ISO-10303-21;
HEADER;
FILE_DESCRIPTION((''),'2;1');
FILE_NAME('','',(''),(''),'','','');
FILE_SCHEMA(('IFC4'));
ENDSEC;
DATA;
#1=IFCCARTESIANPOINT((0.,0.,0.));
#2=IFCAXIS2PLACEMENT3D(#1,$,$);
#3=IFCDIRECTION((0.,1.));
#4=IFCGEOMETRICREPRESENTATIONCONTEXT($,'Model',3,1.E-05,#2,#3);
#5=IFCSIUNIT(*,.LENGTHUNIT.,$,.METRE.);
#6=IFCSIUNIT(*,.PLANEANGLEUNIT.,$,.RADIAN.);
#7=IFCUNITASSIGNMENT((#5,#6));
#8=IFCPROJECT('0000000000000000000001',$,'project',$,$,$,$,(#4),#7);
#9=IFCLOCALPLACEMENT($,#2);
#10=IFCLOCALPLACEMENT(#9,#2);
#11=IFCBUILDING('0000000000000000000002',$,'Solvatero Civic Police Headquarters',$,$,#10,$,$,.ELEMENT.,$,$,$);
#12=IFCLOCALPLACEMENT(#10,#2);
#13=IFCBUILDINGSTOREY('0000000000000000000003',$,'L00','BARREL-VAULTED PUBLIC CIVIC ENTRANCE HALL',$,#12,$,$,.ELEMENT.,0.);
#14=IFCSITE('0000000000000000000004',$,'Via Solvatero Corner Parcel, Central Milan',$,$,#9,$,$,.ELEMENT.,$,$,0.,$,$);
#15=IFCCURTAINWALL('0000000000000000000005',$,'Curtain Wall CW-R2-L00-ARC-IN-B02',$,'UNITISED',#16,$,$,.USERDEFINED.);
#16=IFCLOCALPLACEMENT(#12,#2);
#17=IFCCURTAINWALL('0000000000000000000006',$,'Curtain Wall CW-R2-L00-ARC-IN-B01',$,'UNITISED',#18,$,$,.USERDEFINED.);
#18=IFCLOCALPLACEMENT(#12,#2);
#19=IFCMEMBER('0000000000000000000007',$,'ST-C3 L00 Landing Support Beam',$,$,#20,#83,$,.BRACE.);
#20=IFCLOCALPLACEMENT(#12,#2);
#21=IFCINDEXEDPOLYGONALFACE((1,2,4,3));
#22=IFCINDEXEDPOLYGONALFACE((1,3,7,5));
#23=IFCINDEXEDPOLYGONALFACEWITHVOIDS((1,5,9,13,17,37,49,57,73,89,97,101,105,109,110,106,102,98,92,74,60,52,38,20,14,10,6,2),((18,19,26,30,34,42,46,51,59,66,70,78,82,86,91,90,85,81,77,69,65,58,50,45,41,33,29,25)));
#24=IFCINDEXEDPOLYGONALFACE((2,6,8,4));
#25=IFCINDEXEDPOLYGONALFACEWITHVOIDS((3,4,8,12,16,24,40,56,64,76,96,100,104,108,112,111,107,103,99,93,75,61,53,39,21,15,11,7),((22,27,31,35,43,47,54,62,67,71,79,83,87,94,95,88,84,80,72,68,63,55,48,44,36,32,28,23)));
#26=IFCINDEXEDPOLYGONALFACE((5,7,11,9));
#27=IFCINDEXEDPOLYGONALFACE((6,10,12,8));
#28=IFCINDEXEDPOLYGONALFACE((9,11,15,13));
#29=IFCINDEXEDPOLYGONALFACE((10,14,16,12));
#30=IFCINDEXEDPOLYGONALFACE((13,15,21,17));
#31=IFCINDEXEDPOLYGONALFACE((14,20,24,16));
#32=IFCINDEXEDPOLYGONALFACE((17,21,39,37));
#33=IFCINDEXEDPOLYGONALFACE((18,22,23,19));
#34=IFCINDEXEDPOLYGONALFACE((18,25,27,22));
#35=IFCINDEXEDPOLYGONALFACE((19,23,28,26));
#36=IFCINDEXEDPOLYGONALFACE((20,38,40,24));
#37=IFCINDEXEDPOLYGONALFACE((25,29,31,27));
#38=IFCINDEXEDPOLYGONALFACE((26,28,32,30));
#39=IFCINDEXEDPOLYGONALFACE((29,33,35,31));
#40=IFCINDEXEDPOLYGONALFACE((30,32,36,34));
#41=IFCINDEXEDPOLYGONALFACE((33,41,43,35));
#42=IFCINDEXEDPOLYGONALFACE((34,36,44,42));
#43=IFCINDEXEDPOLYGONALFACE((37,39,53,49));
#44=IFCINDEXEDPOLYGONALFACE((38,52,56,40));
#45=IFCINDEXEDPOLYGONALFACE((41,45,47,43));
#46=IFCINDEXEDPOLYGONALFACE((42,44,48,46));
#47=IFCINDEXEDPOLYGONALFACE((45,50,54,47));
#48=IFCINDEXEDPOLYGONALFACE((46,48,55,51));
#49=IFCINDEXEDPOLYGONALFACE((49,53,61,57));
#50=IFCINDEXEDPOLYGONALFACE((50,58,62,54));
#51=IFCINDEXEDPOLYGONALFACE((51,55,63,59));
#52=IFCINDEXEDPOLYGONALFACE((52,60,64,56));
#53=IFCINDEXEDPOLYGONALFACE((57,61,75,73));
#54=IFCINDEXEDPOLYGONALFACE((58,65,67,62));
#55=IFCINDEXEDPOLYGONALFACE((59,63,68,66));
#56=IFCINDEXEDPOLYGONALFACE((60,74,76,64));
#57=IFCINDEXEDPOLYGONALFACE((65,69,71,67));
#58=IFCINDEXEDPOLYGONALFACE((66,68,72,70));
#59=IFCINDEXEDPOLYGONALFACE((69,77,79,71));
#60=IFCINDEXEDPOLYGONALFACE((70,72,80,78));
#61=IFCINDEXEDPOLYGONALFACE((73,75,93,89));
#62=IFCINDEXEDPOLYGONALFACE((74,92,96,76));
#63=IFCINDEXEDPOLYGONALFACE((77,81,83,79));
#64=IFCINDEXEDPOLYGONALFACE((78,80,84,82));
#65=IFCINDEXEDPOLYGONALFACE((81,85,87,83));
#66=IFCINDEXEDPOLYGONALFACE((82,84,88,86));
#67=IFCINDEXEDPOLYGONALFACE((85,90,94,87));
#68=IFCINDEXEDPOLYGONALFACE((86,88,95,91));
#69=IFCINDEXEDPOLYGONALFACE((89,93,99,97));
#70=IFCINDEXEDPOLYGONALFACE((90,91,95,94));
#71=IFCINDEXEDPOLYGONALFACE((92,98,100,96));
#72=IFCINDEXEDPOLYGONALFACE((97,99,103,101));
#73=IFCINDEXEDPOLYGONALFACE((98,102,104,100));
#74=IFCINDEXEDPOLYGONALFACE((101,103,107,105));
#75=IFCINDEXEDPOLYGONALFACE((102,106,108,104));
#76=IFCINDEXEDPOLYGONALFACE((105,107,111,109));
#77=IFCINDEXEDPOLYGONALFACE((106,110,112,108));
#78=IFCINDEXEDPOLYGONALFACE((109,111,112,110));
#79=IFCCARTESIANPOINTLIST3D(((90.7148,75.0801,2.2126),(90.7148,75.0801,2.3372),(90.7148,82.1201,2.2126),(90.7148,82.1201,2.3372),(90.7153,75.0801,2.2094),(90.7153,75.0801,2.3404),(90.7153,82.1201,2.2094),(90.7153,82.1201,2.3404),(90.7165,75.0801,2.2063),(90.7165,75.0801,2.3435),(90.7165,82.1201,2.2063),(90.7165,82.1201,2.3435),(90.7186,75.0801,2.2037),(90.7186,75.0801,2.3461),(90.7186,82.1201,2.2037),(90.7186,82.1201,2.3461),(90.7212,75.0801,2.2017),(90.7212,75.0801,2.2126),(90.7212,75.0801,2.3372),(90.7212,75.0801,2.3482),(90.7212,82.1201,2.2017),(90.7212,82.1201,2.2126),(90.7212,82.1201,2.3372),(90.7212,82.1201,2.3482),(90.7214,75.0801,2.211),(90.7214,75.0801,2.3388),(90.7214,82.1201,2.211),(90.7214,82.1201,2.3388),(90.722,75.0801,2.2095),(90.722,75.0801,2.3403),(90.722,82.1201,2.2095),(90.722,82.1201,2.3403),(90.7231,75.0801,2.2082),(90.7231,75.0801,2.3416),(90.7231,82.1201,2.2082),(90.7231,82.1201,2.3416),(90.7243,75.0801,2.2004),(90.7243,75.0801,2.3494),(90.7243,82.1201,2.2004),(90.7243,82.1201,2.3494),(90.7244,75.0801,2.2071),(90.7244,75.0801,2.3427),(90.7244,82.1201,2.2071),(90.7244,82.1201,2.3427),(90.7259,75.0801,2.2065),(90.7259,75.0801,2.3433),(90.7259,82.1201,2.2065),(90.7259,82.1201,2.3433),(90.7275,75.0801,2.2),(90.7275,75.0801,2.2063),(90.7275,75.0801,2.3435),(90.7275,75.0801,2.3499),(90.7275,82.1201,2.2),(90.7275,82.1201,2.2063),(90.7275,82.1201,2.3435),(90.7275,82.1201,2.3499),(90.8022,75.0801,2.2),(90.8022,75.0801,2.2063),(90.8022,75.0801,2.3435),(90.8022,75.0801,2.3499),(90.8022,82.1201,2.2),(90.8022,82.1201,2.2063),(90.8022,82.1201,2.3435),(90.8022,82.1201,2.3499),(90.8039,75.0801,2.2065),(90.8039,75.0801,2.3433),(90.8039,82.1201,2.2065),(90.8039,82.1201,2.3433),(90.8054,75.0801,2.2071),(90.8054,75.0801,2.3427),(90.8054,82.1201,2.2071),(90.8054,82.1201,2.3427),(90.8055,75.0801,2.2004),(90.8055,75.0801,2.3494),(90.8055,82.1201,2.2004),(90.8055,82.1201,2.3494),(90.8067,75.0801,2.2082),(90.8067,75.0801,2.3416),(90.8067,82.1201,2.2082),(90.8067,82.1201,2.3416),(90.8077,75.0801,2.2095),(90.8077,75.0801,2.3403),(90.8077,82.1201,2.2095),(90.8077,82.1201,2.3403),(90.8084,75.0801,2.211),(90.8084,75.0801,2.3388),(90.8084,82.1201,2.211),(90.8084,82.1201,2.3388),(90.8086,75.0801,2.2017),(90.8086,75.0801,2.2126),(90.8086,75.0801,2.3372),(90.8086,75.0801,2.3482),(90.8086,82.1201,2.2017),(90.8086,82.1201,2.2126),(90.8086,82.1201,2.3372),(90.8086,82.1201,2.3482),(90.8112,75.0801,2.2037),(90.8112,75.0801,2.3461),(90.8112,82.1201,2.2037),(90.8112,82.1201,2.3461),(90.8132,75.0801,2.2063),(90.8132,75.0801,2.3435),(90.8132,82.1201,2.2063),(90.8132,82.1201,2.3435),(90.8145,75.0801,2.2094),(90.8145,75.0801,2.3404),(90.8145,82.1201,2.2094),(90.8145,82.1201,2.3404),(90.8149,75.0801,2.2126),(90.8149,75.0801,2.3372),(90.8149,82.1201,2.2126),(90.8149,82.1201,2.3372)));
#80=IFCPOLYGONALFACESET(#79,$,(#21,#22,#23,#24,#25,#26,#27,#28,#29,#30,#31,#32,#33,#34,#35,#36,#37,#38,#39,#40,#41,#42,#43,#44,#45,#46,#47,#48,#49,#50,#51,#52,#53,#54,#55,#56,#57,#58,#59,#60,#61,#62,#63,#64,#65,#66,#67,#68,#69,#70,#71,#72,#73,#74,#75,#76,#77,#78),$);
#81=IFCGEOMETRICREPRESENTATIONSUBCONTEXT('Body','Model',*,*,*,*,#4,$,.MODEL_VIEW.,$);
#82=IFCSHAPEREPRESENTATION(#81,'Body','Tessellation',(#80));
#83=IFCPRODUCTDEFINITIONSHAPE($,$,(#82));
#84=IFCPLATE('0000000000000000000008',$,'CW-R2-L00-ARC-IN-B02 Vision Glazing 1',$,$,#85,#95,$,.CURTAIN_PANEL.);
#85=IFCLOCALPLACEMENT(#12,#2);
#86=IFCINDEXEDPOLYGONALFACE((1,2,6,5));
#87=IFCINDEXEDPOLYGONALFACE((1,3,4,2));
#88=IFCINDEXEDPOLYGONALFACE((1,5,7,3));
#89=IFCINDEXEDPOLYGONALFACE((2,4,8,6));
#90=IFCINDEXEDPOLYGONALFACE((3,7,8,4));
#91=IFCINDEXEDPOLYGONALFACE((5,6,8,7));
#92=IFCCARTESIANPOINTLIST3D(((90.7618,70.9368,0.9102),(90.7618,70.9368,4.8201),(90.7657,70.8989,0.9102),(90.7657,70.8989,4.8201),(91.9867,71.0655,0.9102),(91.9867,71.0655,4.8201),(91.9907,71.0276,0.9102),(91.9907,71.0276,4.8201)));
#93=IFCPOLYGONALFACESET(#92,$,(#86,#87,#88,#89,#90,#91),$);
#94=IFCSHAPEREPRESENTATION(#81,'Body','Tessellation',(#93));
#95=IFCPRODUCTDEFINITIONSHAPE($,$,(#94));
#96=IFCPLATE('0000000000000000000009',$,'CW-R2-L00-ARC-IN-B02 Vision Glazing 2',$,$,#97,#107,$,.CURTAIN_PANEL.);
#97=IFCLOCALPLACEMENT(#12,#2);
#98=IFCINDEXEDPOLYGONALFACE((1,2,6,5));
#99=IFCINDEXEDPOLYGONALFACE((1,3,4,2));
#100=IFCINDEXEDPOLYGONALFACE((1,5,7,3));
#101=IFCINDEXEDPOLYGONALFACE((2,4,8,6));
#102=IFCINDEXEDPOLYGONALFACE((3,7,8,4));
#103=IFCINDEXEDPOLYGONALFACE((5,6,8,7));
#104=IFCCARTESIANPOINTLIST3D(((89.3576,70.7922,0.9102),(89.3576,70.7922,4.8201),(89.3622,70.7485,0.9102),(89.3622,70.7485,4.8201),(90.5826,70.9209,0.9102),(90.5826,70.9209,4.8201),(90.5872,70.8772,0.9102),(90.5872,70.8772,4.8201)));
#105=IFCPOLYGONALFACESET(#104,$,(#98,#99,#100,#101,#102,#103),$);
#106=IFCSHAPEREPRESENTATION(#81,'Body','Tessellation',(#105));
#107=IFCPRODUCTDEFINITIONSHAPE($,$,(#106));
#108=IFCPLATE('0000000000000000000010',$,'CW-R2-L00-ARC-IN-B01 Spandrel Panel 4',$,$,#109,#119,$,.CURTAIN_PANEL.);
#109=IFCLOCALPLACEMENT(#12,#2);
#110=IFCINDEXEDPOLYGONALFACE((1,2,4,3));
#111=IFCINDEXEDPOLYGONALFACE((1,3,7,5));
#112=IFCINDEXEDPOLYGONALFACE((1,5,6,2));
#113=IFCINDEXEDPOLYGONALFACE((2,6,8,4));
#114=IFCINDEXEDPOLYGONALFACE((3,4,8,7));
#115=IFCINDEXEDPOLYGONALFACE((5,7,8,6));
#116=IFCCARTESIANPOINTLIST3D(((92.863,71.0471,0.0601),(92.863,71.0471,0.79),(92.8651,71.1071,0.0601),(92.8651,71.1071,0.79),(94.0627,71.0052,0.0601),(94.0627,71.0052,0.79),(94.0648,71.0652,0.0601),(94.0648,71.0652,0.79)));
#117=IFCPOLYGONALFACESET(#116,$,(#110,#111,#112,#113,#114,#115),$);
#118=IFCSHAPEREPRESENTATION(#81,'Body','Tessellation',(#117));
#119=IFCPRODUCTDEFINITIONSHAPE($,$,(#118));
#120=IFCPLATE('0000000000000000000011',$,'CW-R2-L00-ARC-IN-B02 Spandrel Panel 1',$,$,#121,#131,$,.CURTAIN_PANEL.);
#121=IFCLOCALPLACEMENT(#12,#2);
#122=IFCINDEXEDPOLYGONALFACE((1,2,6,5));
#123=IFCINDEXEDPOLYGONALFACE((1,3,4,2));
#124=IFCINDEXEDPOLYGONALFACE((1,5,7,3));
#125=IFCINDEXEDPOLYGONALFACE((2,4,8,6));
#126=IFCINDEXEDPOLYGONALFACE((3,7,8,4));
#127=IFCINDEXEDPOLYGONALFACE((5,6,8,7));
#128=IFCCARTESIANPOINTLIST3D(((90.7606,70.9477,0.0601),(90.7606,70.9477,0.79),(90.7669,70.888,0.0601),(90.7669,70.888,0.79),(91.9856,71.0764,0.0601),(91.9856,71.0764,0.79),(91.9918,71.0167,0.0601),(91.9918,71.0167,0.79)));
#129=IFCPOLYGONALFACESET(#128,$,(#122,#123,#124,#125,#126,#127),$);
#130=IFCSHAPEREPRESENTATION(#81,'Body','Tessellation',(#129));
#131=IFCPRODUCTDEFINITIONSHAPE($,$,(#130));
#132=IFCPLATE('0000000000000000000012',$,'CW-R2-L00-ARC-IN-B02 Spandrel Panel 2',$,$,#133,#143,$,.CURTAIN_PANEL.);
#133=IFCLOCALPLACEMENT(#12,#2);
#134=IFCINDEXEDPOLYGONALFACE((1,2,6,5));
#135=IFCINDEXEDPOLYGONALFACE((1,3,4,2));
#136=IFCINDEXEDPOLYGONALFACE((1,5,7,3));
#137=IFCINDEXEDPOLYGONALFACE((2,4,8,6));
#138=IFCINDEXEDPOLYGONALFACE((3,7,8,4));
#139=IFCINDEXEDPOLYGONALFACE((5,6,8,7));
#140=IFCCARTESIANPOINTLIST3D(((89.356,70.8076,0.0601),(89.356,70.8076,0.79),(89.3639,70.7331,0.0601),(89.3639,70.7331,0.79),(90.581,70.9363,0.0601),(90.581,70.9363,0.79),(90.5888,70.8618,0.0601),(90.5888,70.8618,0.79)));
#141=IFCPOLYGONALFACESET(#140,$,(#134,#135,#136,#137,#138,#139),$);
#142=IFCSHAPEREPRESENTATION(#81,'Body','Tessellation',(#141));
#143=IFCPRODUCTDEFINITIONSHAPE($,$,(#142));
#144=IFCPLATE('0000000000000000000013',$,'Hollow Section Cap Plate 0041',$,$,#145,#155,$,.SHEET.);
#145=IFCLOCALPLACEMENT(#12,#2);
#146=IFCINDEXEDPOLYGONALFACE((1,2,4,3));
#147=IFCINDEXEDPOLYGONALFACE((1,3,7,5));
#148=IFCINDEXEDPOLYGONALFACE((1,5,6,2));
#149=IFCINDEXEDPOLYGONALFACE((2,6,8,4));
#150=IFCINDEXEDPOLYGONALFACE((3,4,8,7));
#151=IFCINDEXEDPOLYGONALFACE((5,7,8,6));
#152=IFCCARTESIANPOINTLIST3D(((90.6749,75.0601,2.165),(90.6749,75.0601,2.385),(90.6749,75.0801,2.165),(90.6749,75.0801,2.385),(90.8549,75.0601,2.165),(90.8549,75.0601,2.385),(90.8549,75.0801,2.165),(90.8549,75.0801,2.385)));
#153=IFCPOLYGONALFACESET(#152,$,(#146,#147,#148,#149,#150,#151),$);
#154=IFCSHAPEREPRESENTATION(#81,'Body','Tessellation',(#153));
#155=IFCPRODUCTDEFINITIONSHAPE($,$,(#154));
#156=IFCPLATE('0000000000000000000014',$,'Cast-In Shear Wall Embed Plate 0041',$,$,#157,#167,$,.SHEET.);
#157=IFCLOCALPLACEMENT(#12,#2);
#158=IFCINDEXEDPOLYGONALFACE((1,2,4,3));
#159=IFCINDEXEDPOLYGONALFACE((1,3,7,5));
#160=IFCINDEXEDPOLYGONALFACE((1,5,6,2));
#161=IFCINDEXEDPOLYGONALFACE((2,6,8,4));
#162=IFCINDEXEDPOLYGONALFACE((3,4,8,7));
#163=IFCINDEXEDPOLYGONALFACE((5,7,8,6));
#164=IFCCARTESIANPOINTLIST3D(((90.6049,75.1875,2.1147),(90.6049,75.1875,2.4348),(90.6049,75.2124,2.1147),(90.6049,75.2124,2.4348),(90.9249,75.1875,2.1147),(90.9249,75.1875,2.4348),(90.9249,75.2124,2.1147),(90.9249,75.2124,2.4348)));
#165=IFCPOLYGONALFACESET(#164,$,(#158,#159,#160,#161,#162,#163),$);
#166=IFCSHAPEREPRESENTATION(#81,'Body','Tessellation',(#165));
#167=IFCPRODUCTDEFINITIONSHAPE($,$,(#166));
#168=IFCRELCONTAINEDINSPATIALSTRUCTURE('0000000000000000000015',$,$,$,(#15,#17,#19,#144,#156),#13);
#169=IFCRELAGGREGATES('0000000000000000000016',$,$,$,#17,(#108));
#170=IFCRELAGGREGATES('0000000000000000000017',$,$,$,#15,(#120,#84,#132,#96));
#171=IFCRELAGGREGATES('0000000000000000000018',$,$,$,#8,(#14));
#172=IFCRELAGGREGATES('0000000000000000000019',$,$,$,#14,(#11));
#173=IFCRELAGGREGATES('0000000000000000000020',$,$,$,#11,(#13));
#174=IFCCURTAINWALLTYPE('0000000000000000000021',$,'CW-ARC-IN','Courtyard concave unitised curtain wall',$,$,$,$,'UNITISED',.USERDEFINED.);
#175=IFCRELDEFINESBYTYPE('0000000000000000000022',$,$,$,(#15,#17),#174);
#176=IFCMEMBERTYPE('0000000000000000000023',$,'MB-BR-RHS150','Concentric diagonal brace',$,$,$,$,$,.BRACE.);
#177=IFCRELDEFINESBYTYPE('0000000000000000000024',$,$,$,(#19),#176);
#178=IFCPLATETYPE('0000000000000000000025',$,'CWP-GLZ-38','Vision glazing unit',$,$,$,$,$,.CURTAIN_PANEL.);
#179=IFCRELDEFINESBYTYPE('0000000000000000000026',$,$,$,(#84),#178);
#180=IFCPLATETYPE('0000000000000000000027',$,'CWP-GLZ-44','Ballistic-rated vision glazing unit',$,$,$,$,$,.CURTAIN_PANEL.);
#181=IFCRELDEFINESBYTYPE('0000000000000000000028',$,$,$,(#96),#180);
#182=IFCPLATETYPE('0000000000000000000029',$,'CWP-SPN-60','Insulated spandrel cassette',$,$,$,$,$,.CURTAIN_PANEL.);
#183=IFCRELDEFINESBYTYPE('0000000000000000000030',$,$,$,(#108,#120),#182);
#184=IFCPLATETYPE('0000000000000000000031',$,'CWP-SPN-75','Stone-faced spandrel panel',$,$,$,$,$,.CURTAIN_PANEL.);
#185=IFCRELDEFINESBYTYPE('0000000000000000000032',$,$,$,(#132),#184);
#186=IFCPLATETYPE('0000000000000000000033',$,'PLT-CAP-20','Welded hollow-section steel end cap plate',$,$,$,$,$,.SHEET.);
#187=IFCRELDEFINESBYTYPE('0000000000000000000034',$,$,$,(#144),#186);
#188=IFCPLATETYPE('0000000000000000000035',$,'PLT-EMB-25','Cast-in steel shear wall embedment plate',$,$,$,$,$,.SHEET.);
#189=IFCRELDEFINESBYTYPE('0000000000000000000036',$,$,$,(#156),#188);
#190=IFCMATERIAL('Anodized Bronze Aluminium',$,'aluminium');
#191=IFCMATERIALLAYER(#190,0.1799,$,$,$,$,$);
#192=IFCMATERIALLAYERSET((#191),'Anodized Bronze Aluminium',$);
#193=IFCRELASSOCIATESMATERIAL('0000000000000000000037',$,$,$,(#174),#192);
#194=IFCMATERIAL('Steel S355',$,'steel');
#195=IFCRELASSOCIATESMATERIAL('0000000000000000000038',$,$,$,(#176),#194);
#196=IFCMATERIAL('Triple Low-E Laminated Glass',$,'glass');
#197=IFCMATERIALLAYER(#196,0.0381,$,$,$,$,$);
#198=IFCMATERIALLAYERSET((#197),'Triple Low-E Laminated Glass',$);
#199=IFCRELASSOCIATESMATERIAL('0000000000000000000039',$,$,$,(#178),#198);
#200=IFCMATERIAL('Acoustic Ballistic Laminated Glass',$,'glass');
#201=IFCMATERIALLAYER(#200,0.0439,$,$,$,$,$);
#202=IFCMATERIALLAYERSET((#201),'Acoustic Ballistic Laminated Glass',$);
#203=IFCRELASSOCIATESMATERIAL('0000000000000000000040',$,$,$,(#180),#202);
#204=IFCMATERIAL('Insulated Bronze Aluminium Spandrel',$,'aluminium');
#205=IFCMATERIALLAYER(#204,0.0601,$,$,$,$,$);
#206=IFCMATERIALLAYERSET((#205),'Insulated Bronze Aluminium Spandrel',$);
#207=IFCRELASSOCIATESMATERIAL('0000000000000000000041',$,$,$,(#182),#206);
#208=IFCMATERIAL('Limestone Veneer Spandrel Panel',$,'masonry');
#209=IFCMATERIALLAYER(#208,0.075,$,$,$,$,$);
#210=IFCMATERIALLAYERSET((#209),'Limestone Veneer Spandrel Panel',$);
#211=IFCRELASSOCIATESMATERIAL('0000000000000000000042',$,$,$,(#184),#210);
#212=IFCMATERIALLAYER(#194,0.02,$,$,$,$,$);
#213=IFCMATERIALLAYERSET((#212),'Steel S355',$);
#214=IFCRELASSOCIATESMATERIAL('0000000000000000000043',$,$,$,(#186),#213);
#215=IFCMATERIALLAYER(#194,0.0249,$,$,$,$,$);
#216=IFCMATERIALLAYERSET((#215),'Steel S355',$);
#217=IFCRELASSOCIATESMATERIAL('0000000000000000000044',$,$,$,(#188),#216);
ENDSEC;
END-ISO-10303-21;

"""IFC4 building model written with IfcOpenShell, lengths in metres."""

from ifc_helpers import new_model, si_unit, direction, frame, origin, origin_2d, place, context, subcontext, project, spatial, rectangle, hollow_rectangle, extrude, material, layer, layer_set, material_profile, profile_set, type_object, element, aggregate, save


model = new_model("IFC4")

# Units and contexts
model_context = context("Model", 3, precision=1e-05, world=origin(), true_north=direction((0.0, 1.0)))
body_context = subcontext(model_context, "Body", "Model", "MODEL_VIEW")
ifc_project = project(units=[si_unit("LENGTHUNIT", "METRE"), si_unit("PLANEANGLEUNIT", "RADIAN")], contexts=[model_context])

# Site, building, storey
site_placement = place(None, origin())
site = spatial("IfcSite", under=ifc_project, at=site_placement, Name="Via Solvatero Corner Parcel, Central Milan", CompositionType="ELEMENT", RefElevation=0.0)
building_placement = place(site_placement, origin())
building = spatial("IfcBuilding", under=site, at=building_placement, Name="Solvatero Civic Police Headquarters", CompositionType="ELEMENT")
storey_placement = place(building_placement, origin())
storey = spatial("IfcBuildingStorey", under=building, at=storey_placement, Name="L00", Description="BARREL-VAULTED PUBLIC CIVIC ENTRANCE HALL", CompositionType="ELEMENT", Elevation=0.0)

# Shared definitions
ifc_material_1 = material(Name="Steel S355", Category="steel")

# Curtain wall
ifc_material_2 = material(Name="Anodized Bronze Aluminium", Category="aluminium")
ifc_layer_1 = layer(ifc_material_2, 0.1799)
ifc_layer_set_1 = layer_set([ifc_layer_1], Name="Anodized Bronze Aluminium")
curtain_wall_type = type_object("IfcCurtainWallType", Name="CW-ARC-IN", Description="Courtyard concave unitised curtain wall", ElementType="UNITISED", PredefinedType="USERDEFINED", material=ifc_layer_set_1)
curtain_wall_1_placement = place(storey_placement, origin())
curtain_wall_1 = element("IfcCurtainWall", 1, at=curtain_wall_1_placement, inside=storey, type_object=curtain_wall_type, Name="Curtain Wall CW-R2-L00-ARC-IN-B02", ObjectType="UNITISED", PredefinedType="USERDEFINED")

# Curtain wall
curtain_wall_2_placement = place(storey_placement, origin())
curtain_wall_2 = element("IfcCurtainWall", 2, at=curtain_wall_2_placement, inside=storey, type_object=curtain_wall_type, Name="Curtain Wall CW-R2-L00-ARC-IN-B01", ObjectType="UNITISED", PredefinedType="USERDEFINED")

# Member
ifc_material_profile_1 = material_profile(ifc_material_1, hollow_rectangle(XDim=0.1001, YDim=0.1499, WallThickness=0.0063, InnerFilletRadius=0.0063, OuterFilletRadius=0.0127, at=origin_2d()), Name="RHS 150x100x6.3")
ifc_profile_set_1 = profile_set([ifc_material_profile_1], Name="Steel S355")
member_type_1 = type_object("IfcMemberType", Name="MB-BR-RHS150", Description="Concentric diagonal brace", PredefinedType="BRACE", material=ifc_profile_set_1)
member_1_placement = place(storey_placement, frame((90.7649, 75.0801, 2.2749), z_axis=(0.0, 1.0, 0.0), x_axis=(-1.0, 0.0, 0.0)))
element("IfcMember", 3, at=member_1_placement, inside=storey, type_object=member_type_1, Name="ST-C3 L00 Landing Support Beam", PredefinedType="BRACE", context=body_context, shape_type="SweptSolid", body=[
    extrude(hollow_rectangle(XDim=0.1001, YDim=0.1499, WallThickness=0.0063, InnerFilletRadius=0.0063, OuterFilletRadius=0.0127, at=origin_2d()), origin(), (0.0, 0.0, 1.0), 7.04),
])

# Plates
ifc_material_3 = material(Name="Triple Low-E Laminated Glass", Category="glass")
ifc_layer_2 = layer(ifc_material_3, 0.0381)
ifc_layer_set_2 = layer_set([ifc_layer_2], Name="Triple Low-E Laminated Glass")
plate_type_1 = type_object("IfcPlateType", Name="CWP-GLZ-38", Description="Vision glazing unit", PredefinedType="CURTAIN_PANEL", material=ifc_layer_set_2)
plate_1_placement = place(storey_placement, frame((91.3762, 70.9822, 0.9102), z_axis=(0.0, 0.0, 1.0), x_axis=(-0.994524, -0.104511, 0.0)))
plate_1 = element("IfcPlate", 4, at=plate_1_placement, type_object=plate_type_1, Name="CW-R2-L00-ARC-IN-B02 Vision Glazing 1", PredefinedType="CURTAIN_PANEL", context=body_context, shape_type="SweptSolid", body=[
    extrude(rectangle(XDim=1.2317, YDim=0.0381, at=origin_2d()), origin(), (0.0, 0.0, 1.0), 3.9099),
])
ifc_material_4 = material(Name="Acoustic Ballistic Laminated Glass", Category="glass")
ifc_layer_3 = layer(ifc_material_4, 0.0439)
ifc_layer_set_3 = layer_set([ifc_layer_3], Name="Acoustic Ballistic Laminated Glass")
plate_type_2 = type_object("IfcPlateType", Name="CWP-GLZ-44", Description="Ballistic-rated vision glazing unit", PredefinedType="CURTAIN_PANEL", material=ifc_layer_set_3)
plate_2_placement = place(storey_placement, frame((89.9724, 70.8347, 0.9102), z_axis=(0.0, 0.0, 1.0), x_axis=(-0.994524, -0.104511, 0.0)))
plate_2 = element("IfcPlate", 5, at=plate_2_placement, type_object=plate_type_2, Name="CW-R2-L00-ARC-IN-B02 Vision Glazing 2", PredefinedType="CURTAIN_PANEL", context=body_context, shape_type="SweptSolid", body=[
    extrude(rectangle(XDim=1.2317, YDim=0.0439, at=origin_2d()), origin(), (0.0, 0.0, 1.0), 3.9099),
])
ifc_material_5 = material(Name="Insulated Bronze Aluminium Spandrel", Category="aluminium")
ifc_layer_4 = layer(ifc_material_5, 0.0601)
ifc_layer_set_4 = layer_set([ifc_layer_4], Name="Insulated Bronze Aluminium Spandrel")
plate_type_3 = type_object("IfcPlateType", Name="CWP-SPN-60", Description="Insulated spandrel cassette", PredefinedType="CURTAIN_PANEL", material=ifc_layer_set_4)
plate_3_placement = place(storey_placement, frame((93.4639, 71.0562, 0.0601), z_axis=(0.0, 0.0, 1.0), x_axis=(-0.999391, 0.034899, 0.0)))
plate_3 = element("IfcPlate", 6, at=plate_3_placement, type_object=plate_type_3, Name="CW-R2-L00-ARC-IN-B01 Spandrel Panel 4", PredefinedType="CURTAIN_PANEL", context=body_context, shape_type="SweptSolid", body=[
    extrude(rectangle(XDim=1.2004, YDim=0.0601, at=origin_2d()), origin(), (0.0, 0.0, 1.0), 0.73),
])
aggregate(curtain_wall_2, [plate_3])
plate_4_placement = place(storey_placement, frame((91.3762, 70.9822, 0.0601), z_axis=(0.0, 0.0, 1.0), x_axis=(-0.994524, -0.104511, 0.0)))
plate_4 = element("IfcPlate", 7, at=plate_4_placement, type_object=plate_type_3, Name="CW-R2-L00-ARC-IN-B02 Spandrel Panel 1", PredefinedType="CURTAIN_PANEL", context=body_context, shape_type="SweptSolid", body=[
    extrude(rectangle(XDim=1.2317, YDim=0.0601, at=origin_2d()), origin(), (0.0, 0.0, 1.0), 0.73),
])
ifc_material_6 = material(Name="Limestone Veneer Spandrel Panel", Category="masonry")
ifc_layer_5 = layer(ifc_material_6, 0.075)
ifc_layer_set_5 = layer_set([ifc_layer_5], Name="Limestone Veneer Spandrel Panel")
plate_type_4 = type_object("IfcPlateType", Name="CWP-SPN-75", Description="Stone-faced spandrel panel", PredefinedType="CURTAIN_PANEL", material=ifc_layer_set_5)
plate_5_placement = place(storey_placement, frame((89.9724, 70.8347, 0.0601), z_axis=(0.0, 0.0, 1.0), x_axis=(-0.994524, -0.104511, 0.0)))
plate_5 = element("IfcPlate", 8, at=plate_5_placement, type_object=plate_type_4, Name="CW-R2-L00-ARC-IN-B02 Spandrel Panel 2", PredefinedType="CURTAIN_PANEL", context=body_context, shape_type="SweptSolid", body=[
    extrude(rectangle(XDim=1.2317, YDim=0.075, at=origin_2d()), origin(), (0.0, 0.0, 1.0), 0.73),
])
aggregate(curtain_wall_1, [plate_4, plate_1, plate_5, plate_2])

# Plates
ifc_layer_6 = layer(ifc_material_1, 0.02)
ifc_layer_set_6 = layer_set([ifc_layer_6], Name="Steel S355")
plate_type_5 = type_object("IfcPlateType", Name="PLT-CAP-20", Description="Welded hollow-section steel end cap plate", PredefinedType="SHEET", material=ifc_layer_set_6)
plate_6_placement = place(storey_placement, frame((90.7649, 75.0701, 2.165), z_axis=(0.0, 0.0, 1.0), x_axis=(1.0, 0.0, 0.0)))
element("IfcPlate", 9, at=plate_6_placement, inside=storey, type_object=plate_type_5, Name="Hollow Section Cap Plate 0041", PredefinedType="SHEET", context=body_context, shape_type="SweptSolid", body=[
    extrude(rectangle(XDim=0.1799, YDim=0.02, at=origin_2d()), origin(), (0.0, 0.0, 1.0), 0.22),
])
ifc_layer_7 = layer(ifc_material_1, 0.0249)
ifc_layer_set_7 = layer_set([ifc_layer_7], Name="Steel S355")
plate_type_6 = type_object("IfcPlateType", Name="PLT-EMB-25", Description="Cast-in steel shear wall embedment plate", PredefinedType="SHEET", material=ifc_layer_set_7)
plate_7_placement = place(storey_placement, frame((90.7649, 75.2, 2.1147), z_axis=(0.0, 0.0, 1.0), x_axis=(1.0, 0.0, 0.0)))
element("IfcPlate", 10, at=plate_7_placement, inside=storey, type_object=plate_type_6, Name="Cast-In Shear Wall Embed Plate 0041", PredefinedType="SHEET", context=body_context, shape_type="SweptSolid", body=[
    extrude(rectangle(XDim=0.3201, YDim=0.0249, at=origin_2d()), origin(), (0.0, 0.0, 1.0), 0.3201),
])

save(model, "model.ifc")
